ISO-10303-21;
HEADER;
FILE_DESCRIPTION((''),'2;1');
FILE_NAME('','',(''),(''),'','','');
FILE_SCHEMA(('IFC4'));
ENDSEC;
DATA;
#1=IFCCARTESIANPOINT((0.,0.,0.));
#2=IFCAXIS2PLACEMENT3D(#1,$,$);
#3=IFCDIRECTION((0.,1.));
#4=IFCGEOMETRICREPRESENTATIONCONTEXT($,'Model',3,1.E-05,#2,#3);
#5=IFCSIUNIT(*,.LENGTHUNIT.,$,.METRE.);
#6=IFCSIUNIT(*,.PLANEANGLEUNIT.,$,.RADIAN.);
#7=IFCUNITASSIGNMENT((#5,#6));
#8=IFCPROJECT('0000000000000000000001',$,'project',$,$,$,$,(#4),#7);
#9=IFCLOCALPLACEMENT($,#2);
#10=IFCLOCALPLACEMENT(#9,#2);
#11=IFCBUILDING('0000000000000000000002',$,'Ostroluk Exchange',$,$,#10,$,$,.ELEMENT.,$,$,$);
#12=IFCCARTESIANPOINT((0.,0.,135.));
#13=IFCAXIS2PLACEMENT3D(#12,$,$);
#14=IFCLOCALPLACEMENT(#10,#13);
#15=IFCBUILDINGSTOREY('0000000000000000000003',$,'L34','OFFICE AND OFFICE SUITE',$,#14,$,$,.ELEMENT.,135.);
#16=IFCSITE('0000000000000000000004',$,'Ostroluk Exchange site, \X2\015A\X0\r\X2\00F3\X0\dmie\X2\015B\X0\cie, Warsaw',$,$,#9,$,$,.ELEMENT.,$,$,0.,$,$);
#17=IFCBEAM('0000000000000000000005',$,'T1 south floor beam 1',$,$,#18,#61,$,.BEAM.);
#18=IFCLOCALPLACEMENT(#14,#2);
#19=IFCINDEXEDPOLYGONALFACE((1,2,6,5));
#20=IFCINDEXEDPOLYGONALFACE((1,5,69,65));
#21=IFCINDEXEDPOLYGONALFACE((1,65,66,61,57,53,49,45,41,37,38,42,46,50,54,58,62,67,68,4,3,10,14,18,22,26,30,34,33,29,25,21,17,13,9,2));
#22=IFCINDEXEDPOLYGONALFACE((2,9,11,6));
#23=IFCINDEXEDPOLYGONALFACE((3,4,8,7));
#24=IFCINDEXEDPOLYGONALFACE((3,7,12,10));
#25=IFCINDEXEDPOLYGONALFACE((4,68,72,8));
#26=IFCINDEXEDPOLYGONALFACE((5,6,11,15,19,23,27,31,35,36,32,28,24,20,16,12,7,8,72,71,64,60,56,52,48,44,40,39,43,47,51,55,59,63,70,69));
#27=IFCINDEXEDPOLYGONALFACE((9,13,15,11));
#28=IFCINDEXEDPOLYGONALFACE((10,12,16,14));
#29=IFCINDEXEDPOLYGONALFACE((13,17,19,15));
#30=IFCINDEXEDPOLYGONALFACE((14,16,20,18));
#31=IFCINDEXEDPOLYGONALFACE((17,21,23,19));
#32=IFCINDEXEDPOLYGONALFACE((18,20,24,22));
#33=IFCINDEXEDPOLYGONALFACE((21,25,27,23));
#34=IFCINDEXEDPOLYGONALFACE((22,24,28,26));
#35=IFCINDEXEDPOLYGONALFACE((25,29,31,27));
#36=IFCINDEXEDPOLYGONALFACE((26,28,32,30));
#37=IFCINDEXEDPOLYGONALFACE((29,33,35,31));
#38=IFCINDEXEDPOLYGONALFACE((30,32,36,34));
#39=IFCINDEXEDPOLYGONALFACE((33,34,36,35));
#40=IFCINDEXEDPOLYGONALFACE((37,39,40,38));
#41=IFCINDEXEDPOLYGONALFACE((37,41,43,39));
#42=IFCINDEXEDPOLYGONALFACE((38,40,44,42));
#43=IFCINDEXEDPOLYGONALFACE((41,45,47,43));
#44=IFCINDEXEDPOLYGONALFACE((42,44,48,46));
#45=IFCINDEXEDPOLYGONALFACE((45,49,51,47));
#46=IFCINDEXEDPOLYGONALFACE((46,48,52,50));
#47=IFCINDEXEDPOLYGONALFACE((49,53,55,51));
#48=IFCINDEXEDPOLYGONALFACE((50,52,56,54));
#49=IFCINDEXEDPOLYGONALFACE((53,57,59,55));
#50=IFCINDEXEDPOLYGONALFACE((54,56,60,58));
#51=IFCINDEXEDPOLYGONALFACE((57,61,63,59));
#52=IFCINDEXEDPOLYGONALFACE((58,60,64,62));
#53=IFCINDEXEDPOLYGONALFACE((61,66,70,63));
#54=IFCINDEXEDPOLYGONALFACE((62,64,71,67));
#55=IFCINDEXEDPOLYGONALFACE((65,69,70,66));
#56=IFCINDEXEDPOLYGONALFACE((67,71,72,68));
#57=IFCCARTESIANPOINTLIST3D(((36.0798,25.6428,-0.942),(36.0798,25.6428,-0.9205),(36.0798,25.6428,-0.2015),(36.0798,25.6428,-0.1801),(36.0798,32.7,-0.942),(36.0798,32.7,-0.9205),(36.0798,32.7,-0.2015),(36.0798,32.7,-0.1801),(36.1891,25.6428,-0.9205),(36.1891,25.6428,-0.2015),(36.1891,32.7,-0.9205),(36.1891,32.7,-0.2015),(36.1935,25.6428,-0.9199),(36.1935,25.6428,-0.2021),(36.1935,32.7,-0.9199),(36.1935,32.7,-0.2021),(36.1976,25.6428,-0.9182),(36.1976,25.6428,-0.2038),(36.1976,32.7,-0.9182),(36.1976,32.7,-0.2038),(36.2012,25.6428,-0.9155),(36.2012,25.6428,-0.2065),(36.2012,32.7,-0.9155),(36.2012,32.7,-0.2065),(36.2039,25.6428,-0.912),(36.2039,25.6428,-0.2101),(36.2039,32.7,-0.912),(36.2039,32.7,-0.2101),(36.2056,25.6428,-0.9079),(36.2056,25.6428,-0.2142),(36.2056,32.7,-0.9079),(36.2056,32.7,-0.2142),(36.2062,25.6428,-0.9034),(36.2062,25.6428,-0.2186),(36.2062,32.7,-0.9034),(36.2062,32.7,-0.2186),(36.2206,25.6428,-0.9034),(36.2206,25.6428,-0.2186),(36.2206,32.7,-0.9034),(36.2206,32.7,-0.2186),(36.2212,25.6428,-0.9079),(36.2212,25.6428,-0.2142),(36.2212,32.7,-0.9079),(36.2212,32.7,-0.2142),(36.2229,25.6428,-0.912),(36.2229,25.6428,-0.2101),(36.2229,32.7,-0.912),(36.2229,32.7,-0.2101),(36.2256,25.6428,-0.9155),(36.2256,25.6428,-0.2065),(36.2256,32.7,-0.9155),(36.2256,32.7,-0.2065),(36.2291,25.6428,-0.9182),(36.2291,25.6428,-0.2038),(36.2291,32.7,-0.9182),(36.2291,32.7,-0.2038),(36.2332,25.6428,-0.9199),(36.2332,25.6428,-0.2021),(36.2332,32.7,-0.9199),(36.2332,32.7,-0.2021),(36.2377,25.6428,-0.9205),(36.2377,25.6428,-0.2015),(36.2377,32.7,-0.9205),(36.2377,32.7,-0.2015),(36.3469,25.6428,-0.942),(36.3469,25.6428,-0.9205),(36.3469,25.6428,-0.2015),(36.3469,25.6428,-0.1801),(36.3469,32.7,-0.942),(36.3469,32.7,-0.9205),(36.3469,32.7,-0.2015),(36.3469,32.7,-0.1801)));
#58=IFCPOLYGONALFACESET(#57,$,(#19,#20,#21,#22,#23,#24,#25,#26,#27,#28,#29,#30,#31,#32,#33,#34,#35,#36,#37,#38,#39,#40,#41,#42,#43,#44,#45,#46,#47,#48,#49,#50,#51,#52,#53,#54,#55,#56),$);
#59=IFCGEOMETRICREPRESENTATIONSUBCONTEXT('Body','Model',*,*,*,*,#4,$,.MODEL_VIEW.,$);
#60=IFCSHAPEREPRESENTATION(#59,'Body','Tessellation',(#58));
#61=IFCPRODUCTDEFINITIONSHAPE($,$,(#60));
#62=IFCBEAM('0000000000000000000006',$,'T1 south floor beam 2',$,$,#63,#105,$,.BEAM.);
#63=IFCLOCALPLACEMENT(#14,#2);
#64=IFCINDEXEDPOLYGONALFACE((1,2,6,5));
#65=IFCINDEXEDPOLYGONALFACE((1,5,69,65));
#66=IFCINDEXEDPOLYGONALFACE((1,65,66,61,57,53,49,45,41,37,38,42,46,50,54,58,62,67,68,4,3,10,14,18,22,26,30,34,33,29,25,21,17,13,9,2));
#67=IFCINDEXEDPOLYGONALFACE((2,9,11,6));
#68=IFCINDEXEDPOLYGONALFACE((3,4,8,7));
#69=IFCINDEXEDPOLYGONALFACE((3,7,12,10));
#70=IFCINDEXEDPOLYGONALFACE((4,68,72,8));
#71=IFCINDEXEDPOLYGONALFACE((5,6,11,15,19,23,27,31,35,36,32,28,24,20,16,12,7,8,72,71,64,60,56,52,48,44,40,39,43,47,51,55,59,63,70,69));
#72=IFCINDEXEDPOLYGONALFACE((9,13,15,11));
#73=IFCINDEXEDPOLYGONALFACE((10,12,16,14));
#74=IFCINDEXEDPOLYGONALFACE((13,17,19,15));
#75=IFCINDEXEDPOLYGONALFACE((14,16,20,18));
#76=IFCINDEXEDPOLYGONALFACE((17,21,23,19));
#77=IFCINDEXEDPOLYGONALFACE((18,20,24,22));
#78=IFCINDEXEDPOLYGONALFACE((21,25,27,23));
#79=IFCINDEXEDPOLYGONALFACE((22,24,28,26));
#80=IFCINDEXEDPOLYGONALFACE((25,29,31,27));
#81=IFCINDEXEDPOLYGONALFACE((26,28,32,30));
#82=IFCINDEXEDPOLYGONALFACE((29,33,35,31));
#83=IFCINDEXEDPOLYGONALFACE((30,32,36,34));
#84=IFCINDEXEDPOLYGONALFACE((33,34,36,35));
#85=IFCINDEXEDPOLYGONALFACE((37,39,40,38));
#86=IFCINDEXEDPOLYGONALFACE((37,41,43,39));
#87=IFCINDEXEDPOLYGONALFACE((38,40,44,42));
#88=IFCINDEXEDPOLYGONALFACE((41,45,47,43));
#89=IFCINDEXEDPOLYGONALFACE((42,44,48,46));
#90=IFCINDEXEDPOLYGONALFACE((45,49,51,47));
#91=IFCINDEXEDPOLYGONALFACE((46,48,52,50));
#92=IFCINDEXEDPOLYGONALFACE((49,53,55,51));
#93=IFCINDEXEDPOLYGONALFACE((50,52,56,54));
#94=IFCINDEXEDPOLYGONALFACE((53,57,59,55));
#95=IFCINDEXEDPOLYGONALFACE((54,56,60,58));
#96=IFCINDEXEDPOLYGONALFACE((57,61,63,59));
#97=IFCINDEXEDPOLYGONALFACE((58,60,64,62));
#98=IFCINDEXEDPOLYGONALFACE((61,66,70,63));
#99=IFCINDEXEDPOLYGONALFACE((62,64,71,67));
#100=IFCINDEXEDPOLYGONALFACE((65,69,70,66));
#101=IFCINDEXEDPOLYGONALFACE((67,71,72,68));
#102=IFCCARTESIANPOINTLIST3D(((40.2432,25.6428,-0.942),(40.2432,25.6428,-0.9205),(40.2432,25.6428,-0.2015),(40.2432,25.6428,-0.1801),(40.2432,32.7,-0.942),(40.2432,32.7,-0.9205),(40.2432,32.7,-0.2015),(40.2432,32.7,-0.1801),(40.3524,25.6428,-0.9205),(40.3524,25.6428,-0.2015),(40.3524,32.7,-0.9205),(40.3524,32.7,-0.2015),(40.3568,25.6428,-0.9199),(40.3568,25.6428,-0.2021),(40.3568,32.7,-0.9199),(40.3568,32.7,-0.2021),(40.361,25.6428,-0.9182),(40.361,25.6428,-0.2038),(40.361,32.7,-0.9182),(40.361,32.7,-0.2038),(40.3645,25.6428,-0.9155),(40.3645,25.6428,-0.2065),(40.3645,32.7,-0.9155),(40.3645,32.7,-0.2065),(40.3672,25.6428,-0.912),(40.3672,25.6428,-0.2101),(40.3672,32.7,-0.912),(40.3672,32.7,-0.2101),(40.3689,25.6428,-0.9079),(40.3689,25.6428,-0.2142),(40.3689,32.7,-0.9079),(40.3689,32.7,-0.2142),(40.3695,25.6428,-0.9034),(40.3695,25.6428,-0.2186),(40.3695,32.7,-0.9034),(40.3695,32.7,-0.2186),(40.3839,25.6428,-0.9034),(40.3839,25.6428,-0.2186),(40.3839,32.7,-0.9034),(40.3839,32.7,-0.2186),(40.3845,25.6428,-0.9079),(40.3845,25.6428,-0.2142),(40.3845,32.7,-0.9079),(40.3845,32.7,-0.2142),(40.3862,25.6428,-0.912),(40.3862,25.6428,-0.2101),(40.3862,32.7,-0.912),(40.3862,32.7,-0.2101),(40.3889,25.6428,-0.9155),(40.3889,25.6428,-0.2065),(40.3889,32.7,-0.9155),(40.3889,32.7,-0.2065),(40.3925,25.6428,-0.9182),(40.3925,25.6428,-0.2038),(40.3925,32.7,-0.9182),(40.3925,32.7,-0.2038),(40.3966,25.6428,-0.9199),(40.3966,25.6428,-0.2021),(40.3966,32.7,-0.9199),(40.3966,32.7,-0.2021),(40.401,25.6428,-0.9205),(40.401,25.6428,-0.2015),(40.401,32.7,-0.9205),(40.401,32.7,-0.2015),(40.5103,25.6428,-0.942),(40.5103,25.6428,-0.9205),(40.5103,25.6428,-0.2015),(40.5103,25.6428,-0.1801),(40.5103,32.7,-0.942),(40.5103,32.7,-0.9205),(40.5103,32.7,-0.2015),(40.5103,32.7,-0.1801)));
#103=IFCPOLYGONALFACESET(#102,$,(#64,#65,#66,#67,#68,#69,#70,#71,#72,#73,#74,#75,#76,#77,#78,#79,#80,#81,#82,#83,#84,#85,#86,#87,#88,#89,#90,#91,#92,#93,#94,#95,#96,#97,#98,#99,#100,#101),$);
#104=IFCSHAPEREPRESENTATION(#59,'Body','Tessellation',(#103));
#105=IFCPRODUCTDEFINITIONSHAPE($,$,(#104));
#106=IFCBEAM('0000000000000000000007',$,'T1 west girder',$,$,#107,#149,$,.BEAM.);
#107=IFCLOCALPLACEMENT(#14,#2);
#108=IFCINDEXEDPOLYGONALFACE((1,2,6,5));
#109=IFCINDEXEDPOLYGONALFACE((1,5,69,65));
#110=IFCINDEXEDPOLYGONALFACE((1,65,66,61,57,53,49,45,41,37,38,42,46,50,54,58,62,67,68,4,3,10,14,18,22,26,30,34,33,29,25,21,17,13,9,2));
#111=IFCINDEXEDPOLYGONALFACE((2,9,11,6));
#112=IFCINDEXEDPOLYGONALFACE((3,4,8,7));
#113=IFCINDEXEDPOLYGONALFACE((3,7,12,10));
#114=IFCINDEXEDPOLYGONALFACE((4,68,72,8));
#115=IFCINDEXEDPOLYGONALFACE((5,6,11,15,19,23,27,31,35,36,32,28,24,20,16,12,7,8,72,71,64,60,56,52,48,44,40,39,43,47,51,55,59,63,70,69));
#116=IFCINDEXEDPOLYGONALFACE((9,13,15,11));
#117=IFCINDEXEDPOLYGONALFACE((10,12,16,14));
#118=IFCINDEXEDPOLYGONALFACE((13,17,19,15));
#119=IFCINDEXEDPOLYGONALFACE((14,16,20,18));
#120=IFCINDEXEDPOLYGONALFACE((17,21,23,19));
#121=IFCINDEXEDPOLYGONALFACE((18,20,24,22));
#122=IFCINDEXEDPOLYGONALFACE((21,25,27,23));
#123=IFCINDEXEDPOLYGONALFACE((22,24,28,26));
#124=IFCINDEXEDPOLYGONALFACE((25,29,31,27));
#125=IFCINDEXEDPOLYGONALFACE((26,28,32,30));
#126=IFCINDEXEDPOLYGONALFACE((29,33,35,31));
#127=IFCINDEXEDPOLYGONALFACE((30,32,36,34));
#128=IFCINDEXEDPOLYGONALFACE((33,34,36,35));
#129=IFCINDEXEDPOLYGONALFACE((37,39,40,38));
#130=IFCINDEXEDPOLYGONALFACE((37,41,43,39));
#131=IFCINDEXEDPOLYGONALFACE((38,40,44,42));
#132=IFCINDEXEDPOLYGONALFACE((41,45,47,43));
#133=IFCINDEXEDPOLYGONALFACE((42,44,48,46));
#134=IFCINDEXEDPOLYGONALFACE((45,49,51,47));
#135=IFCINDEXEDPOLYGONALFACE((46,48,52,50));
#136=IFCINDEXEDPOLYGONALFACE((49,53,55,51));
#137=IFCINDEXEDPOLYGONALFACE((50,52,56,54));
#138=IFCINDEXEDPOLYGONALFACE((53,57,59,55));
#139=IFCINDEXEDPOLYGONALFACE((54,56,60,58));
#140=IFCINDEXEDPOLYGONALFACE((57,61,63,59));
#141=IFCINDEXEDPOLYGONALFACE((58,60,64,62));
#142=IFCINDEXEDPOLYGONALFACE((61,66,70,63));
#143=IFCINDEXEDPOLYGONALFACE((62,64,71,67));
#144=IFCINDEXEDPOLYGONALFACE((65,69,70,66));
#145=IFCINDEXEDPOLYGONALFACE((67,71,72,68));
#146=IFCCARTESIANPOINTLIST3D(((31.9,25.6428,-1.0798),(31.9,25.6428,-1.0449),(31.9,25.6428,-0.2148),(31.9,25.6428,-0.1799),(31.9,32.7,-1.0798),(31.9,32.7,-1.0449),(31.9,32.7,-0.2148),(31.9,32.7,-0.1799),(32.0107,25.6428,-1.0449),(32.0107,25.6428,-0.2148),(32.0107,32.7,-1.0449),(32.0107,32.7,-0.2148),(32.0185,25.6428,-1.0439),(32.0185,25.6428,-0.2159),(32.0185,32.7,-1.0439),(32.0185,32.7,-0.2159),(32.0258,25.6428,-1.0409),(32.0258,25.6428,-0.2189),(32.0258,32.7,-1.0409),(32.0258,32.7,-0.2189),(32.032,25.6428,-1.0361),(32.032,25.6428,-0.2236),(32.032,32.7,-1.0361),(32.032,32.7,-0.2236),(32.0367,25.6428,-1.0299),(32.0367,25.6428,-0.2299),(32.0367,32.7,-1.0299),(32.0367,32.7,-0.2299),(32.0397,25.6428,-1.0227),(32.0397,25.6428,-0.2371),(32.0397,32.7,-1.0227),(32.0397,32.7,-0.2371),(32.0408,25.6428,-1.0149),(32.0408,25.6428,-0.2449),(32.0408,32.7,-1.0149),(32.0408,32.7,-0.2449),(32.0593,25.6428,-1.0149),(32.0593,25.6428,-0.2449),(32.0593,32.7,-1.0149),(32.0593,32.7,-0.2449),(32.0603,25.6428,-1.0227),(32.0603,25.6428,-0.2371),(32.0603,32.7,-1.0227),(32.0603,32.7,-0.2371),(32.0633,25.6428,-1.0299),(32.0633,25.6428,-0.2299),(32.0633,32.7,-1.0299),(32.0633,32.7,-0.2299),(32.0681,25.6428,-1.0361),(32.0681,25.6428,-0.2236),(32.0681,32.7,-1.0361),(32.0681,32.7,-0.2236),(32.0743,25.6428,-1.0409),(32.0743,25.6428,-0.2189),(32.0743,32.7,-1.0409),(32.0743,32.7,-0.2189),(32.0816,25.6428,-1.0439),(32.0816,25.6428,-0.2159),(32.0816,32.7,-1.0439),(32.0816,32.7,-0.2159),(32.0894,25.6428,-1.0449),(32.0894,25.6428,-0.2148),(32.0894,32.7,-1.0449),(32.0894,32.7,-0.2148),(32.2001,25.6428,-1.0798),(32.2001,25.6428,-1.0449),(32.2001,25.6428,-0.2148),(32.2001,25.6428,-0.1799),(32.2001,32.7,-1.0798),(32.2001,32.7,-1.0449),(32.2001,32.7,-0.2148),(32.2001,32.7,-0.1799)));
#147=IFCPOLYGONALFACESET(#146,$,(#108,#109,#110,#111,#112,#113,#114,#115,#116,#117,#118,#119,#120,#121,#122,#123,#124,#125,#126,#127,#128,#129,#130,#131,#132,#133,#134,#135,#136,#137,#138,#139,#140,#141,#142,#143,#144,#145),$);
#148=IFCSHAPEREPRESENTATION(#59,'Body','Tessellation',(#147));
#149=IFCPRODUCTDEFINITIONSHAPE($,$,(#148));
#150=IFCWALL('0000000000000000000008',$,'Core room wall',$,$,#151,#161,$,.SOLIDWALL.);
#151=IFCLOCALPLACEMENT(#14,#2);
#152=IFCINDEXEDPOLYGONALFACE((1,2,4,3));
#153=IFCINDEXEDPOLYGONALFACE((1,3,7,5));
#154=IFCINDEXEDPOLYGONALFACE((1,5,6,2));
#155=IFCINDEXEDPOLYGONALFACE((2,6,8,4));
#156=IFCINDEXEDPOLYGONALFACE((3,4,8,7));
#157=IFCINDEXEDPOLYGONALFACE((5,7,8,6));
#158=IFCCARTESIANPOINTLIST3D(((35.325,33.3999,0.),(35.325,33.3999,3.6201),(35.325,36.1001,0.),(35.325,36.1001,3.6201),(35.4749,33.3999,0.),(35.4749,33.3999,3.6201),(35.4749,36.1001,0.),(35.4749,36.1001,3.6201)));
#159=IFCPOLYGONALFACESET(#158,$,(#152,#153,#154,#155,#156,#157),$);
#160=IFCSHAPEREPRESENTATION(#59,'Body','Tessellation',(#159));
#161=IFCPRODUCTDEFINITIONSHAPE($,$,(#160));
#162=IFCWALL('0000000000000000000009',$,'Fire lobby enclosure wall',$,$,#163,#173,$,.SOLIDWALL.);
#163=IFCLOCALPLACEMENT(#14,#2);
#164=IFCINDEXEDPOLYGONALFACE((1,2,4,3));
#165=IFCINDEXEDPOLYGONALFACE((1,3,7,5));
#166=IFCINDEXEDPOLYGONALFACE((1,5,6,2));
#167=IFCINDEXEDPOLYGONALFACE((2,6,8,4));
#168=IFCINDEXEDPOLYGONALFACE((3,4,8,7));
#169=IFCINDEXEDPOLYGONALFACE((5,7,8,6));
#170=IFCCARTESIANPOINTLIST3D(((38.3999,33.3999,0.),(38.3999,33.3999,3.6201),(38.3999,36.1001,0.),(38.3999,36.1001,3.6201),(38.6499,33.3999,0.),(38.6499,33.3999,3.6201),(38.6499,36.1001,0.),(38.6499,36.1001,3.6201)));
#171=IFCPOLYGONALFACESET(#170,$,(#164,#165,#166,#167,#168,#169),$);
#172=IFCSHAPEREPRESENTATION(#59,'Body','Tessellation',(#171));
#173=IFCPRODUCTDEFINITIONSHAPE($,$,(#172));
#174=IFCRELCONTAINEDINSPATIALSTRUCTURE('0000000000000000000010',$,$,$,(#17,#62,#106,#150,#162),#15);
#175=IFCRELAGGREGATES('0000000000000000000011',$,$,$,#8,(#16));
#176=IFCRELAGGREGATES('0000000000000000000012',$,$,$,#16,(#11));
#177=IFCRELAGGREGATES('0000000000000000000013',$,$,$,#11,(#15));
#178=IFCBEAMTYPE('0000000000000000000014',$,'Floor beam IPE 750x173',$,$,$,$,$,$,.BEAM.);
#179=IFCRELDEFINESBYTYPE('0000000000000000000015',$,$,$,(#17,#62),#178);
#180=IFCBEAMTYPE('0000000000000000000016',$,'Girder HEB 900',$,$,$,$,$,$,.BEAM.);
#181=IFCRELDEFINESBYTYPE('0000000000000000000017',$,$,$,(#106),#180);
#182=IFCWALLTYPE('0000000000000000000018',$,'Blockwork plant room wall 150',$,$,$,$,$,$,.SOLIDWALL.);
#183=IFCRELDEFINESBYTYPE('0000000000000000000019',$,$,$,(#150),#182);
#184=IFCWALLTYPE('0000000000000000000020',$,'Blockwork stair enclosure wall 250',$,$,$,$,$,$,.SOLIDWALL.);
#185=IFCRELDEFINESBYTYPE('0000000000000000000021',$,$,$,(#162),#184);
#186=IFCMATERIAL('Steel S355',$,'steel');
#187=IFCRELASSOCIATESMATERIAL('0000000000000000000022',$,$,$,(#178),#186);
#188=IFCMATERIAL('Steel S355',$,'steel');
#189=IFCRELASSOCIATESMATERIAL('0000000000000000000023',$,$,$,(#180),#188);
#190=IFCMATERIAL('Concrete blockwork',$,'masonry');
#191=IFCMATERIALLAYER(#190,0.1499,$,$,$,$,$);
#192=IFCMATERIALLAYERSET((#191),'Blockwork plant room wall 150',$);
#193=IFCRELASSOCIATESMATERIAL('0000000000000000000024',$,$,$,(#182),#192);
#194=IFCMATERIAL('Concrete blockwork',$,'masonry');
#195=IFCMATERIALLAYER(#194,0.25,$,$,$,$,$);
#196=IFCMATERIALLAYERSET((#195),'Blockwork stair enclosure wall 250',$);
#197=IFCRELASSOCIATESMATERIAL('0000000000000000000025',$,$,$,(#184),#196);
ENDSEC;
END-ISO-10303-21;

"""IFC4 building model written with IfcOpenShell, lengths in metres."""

from ifc_helpers import new_model, si_unit, direction, frame, frame_2d, origin, origin_2d, place, context, subcontext, project, spatial, rectangle, i_section, extrude, material, layer, layer_set, material_profile, profile_set, type_object, element, save


model = new_model("IFC4")

# Units and contexts
model_context = context("Model", 3, precision=1e-05, world=origin(), true_north=direction((0.0, 1.0)))
body_context = subcontext(model_context, "Body", "Model", "MODEL_VIEW")
ifc_project = project(units=[si_unit("LENGTHUNIT", "METRE"), si_unit("PLANEANGLEUNIT", "RADIAN")], contexts=[model_context])

# Site, building, storey
site_placement = place(None, origin())
site = spatial("IfcSite", under=ifc_project, at=site_placement, Name="Ostroluk Exchange site, Śródmieście, Warsaw", CompositionType="ELEMENT", RefElevation=0.0)
building_placement = place(site_placement, origin())
building = spatial("IfcBuilding", under=site, at=building_placement, Name="Ostroluk Exchange", CompositionType="ELEMENT")
storey_placement = place(building_placement, frame((0.0, 0.0, 135.0)))
storey = spatial("IfcBuildingStorey", under=building, at=storey_placement, Name="L34", Description="OFFICE AND OFFICE SUITE", CompositionType="ELEMENT", Elevation=135.0)

# Beams
ifc_material_1 = material(Name="Steel S355", Category="steel")
ifc_material_profile_1 = material_profile(ifc_material_1, i_section(OverallWidth=0.2671, OverallDepth=0.762, WebThickness=0.0144, FlangeThickness=0.0215, FilletRadius=0.0171, at=origin_2d()), Name="IPE 750x173")
ifc_profile_set_1 = profile_set([ifc_material_profile_1], Name="Steel S355")
beam_type_1 = type_object("IfcBeamType", Name="Floor beam IPE 750x173", PredefinedType="BEAM", material=ifc_profile_set_1)
for number, where, z_axis, x_axis, name in (
    (1, (36.2134, 32.7, -0.561), (0.0, -1.0, 0.0), (1.0, 0.0, 0.0), "T1 south floor beam 1"),
    (2, (40.3767, 32.7, -0.561), (0.0, -1.0, 0.0), (1.0, 0.0, 0.0), "T1 south floor beam 2"),
):
    element("IfcBeam", number, at=place(storey_placement, frame(where, z_axis=z_axis, x_axis=x_axis)), inside=storey, type_object=beam_type_1, Name=name, PredefinedType="BEAM", context=body_context, shape_type="SweptSolid", body=[
        extrude(i_section(OverallWidth=0.2671, OverallDepth=0.762, WebThickness=0.0144, FlangeThickness=0.0215, FilletRadius=0.0171, at=origin_2d()), origin(), (0.0, 0.0, 1.0), 7.0571),
    ])
ifc_material_2 = material(Name="Steel S355", Category="steel")
ifc_material_profile_2 = material_profile(ifc_material_2, i_section(OverallWidth=0.3, OverallDepth=0.8999, WebThickness=0.0186, FlangeThickness=0.0349, FilletRadius=0.03, at=origin_2d()), Name="HEB 900")
ifc_profile_set_2 = profile_set([ifc_material_profile_2], Name="Steel S355")
beam_type_2 = type_object("IfcBeamType", Name="Girder HEB 900", PredefinedType="BEAM", material=ifc_profile_set_2)
beam_placement = place(storey_placement, frame((32.05, 32.7, -0.6299), z_axis=(0.0, -1.0, 0.0), x_axis=(1.0, 0.0, 0.0)))
element("IfcBeam", 3, at=beam_placement, inside=storey, type_object=beam_type_2, Name="T1 west girder", PredefinedType="BEAM", context=body_context, shape_type="SweptSolid", body=[
    extrude(i_section(OverallWidth=0.3, OverallDepth=0.8999, WebThickness=0.0186, FlangeThickness=0.0349, FilletRadius=0.03, at=origin_2d()), origin(), (0.0, 0.0, 1.0), 7.0571),
])

# Walls
ifc_material_3 = material(Name="Concrete blockwork", Category="masonry")
ifc_layer_1 = layer(ifc_material_3, 0.1499)
ifc_layer_set_1 = layer_set([ifc_layer_1], Name="Blockwork plant room wall 150")
wall_type_1 = type_object("IfcWallType", Name="Blockwork plant room wall 150", PredefinedType="SOLIDWALL", material=ifc_layer_set_1)
wall_1_placement = place(storey_placement, frame((35.3999, 33.3999, 0.0), z_axis=(0.0, 0.0, 1.0), x_axis=(0.0, 1.0, 0.0)))
element("IfcWall", 4, at=wall_1_placement, inside=storey, type_object=wall_type_1, Name="Core room wall", PredefinedType="SOLIDWALL", context=body_context, shape_type="SweptSolid", body=[
    extrude(rectangle(XDim=2.7002, YDim=0.1499, at=frame_2d((1.3501, 0.0))), origin(), (0.0, 0.0, 1.0), 3.6201),
])
ifc_material_4 = material(Name="Concrete blockwork", Category="masonry")
ifc_layer_2 = layer(ifc_material_4, 0.25)
ifc_layer_set_2 = layer_set([ifc_layer_2], Name="Blockwork stair enclosure wall 250")
wall_type_2 = type_object("IfcWallType", Name="Blockwork stair enclosure wall 250", PredefinedType="SOLIDWALL", material=ifc_layer_set_2)
wall_2_placement = place(storey_placement, frame((38.5249, 33.3999, 0.0), z_axis=(0.0, 0.0, 1.0), x_axis=(0.0, 1.0, 0.0)))
element("IfcWall", 5, at=wall_2_placement, inside=storey, type_object=wall_type_2, Name="Fire lobby enclosure wall", PredefinedType="SOLIDWALL", context=body_context, shape_type="SweptSolid", body=[
    extrude(rectangle(XDim=2.7002, YDim=0.25, at=frame_2d((1.3501, 0.0))), origin(), (0.0, 0.0, 1.0), 3.6201),
])

save(model, "model.ifc")
